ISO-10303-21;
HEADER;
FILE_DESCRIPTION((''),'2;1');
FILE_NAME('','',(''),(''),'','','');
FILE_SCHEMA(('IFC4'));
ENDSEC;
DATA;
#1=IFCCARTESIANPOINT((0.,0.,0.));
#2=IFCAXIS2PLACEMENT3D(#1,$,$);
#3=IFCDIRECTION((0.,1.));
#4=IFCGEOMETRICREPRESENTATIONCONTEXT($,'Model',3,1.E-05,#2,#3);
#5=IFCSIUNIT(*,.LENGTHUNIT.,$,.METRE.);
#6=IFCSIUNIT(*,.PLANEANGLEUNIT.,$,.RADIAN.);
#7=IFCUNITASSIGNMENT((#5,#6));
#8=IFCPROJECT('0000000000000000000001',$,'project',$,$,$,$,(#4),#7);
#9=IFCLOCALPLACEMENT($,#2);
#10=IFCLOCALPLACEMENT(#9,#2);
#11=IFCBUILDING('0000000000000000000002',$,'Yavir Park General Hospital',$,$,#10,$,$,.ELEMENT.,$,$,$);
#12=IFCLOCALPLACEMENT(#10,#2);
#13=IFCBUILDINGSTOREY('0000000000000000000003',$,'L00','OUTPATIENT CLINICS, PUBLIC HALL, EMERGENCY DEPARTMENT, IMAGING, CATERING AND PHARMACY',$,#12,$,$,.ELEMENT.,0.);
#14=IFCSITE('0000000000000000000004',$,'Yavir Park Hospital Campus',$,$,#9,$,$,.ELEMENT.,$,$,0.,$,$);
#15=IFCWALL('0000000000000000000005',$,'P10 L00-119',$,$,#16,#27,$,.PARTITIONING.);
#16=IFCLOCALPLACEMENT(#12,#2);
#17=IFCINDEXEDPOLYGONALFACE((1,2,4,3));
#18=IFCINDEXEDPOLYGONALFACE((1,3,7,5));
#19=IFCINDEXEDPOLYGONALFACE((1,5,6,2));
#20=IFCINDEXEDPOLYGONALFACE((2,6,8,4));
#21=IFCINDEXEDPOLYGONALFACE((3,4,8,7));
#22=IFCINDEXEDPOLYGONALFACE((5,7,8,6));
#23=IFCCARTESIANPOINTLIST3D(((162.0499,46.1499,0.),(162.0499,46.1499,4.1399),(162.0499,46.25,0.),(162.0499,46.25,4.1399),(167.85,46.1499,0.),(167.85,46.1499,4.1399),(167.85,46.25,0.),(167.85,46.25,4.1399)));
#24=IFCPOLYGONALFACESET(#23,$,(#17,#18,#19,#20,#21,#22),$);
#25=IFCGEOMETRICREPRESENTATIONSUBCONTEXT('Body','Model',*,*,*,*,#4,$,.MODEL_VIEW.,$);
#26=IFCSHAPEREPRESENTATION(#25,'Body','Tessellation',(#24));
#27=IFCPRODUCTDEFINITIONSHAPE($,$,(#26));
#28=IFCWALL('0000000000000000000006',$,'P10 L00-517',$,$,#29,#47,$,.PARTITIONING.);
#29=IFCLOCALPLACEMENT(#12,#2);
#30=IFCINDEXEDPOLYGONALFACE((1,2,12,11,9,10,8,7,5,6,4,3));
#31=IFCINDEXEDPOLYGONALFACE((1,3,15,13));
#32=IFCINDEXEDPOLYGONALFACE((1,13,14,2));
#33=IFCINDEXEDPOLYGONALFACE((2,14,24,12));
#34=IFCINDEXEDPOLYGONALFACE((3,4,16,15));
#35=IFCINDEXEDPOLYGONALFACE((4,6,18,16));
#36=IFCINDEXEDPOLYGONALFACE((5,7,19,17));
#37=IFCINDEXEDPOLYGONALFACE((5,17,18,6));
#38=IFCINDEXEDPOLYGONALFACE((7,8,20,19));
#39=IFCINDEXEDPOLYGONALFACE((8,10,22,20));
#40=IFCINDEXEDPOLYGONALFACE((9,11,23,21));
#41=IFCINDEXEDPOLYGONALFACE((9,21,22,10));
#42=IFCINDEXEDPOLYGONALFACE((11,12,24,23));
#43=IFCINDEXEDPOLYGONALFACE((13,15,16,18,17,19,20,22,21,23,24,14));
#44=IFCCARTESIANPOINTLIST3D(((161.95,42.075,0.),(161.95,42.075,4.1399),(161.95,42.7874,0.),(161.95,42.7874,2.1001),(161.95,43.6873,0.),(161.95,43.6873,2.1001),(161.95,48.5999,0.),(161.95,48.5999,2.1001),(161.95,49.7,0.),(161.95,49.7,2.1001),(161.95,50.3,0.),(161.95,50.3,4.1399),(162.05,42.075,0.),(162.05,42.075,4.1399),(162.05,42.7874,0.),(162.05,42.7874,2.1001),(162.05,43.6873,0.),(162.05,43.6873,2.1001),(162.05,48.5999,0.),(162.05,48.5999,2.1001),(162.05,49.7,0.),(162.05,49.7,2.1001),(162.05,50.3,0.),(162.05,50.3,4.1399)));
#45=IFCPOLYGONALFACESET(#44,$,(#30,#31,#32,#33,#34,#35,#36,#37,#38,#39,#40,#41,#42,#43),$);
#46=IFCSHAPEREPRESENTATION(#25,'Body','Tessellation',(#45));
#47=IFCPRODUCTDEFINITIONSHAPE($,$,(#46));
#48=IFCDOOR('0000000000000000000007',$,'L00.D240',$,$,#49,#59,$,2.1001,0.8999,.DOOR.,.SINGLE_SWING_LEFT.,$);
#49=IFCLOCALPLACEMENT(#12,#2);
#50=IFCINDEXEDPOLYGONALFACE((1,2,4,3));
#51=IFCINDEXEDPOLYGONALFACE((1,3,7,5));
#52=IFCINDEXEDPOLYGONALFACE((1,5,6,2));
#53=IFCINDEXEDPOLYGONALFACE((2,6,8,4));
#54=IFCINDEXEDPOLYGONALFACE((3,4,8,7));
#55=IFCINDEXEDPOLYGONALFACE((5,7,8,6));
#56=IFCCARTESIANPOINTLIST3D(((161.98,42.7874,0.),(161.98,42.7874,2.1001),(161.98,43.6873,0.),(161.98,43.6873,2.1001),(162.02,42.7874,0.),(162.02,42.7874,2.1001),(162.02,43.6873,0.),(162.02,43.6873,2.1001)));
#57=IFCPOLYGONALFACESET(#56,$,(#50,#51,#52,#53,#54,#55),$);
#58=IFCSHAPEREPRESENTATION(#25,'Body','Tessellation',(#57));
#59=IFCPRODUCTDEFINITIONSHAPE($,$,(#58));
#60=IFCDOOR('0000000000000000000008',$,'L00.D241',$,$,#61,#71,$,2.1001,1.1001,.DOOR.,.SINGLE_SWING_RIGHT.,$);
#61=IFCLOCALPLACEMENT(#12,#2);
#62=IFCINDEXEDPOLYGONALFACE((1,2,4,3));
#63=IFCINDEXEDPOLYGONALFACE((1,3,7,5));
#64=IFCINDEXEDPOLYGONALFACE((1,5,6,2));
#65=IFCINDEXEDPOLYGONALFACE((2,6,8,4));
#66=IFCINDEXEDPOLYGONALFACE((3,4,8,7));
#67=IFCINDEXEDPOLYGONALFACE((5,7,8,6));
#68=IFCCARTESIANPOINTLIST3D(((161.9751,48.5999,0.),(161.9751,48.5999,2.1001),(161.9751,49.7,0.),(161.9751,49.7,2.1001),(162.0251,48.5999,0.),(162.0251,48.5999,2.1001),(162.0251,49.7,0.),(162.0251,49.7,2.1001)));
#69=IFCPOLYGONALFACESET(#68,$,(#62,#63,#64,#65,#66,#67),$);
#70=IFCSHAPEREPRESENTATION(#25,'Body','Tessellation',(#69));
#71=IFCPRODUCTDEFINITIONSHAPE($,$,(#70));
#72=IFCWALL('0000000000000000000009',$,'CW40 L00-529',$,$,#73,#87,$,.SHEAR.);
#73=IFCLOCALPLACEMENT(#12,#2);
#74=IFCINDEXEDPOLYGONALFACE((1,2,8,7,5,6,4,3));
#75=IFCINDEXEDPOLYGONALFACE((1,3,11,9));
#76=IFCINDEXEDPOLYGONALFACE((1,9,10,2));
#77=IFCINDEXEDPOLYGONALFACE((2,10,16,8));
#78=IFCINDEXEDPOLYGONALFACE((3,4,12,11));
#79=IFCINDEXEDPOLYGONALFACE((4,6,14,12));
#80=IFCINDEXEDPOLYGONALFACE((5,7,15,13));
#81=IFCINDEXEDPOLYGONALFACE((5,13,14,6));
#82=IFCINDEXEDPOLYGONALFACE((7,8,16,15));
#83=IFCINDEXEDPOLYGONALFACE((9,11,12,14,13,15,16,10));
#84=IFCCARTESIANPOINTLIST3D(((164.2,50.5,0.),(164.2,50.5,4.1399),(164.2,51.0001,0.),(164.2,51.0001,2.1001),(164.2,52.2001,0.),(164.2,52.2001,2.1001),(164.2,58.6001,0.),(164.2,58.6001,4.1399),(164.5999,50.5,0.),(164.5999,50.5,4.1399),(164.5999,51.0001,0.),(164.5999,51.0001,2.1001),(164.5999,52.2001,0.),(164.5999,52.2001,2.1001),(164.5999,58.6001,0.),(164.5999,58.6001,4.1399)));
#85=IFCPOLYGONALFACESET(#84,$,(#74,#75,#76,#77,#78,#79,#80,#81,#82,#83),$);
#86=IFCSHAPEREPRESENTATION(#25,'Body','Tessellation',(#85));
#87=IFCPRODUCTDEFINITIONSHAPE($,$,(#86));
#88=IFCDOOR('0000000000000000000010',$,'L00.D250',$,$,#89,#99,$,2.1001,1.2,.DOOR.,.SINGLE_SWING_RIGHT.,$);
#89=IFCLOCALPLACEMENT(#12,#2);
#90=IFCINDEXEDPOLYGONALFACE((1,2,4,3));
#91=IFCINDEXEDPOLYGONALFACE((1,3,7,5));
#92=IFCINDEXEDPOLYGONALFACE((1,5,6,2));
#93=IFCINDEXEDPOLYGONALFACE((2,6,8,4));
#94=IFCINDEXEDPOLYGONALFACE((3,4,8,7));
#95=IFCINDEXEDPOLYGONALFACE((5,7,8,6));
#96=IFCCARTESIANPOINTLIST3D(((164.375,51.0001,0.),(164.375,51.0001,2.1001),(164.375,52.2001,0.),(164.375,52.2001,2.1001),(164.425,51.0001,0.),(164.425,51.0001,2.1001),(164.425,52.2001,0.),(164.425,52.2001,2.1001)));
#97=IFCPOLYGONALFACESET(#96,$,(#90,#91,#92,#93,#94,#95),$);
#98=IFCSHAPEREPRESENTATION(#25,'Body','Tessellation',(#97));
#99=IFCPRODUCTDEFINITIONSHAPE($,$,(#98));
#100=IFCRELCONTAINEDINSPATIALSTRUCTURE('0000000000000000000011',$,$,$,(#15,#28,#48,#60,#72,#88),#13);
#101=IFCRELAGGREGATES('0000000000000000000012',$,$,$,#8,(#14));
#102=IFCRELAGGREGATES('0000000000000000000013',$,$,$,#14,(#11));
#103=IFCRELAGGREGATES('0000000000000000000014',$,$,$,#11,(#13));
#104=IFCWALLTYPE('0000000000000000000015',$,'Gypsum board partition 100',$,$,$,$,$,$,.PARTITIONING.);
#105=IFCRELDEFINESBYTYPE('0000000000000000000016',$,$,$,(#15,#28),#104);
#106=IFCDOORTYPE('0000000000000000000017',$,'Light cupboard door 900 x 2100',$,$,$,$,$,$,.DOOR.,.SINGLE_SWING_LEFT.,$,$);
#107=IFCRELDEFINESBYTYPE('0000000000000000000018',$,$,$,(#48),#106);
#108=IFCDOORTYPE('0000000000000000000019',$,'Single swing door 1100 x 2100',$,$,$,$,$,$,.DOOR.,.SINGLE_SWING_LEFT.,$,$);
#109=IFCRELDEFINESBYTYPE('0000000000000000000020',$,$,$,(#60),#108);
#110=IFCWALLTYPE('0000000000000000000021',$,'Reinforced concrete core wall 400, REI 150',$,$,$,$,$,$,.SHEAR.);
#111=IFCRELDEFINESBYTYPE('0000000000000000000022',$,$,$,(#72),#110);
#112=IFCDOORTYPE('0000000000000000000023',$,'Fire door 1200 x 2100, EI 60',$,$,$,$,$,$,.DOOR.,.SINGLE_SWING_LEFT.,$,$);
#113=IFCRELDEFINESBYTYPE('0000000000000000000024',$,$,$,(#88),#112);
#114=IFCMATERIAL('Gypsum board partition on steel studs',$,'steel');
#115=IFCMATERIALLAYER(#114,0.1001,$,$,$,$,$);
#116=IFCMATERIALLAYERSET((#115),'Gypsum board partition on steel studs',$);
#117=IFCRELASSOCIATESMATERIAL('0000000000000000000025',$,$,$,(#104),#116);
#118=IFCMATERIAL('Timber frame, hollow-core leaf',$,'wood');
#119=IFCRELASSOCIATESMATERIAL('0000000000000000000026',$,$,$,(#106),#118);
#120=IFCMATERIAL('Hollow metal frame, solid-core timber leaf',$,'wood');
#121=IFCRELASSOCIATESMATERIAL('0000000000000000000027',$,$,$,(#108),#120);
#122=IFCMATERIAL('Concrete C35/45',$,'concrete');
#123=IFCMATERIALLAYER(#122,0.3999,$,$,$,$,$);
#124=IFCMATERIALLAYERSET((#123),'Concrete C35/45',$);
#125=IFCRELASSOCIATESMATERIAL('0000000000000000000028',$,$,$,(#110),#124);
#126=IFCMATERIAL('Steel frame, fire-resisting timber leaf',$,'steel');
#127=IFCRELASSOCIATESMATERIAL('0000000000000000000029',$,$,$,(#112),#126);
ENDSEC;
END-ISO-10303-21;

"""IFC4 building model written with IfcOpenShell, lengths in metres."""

from ifc_helpers import new_model, si_unit, direction, frame, frame_2d, origin, place, context, subcontext, project, spatial, rectangle, extrude, material, layer, layer_set, type_object, element, fill, save


model = new_model("IFC4")

# Units and contexts
model_context = context("Model", 3, precision=1e-05, world=origin(), true_north=direction((0.0, 1.0)))
body_context = subcontext(model_context, "Body", "Model", "MODEL_VIEW")
ifc_project = project(units=[si_unit("LENGTHUNIT", "METRE"), si_unit("PLANEANGLEUNIT", "RADIAN")], contexts=[model_context])

# Site, building, storey
site_placement = place(None, origin())
site = spatial("IfcSite", under=ifc_project, at=site_placement, Name="Yavir Park Hospital Campus", CompositionType="ELEMENT", RefElevation=0.0)
building_placement = place(site_placement, origin())
building = spatial("IfcBuilding", under=site, at=building_placement, Name="Yavir Park General Hospital", CompositionType="ELEMENT")
storey_placement = place(building_placement, origin())
storey = spatial("IfcBuildingStorey", under=building, at=storey_placement, Name="L00", Description="OUTPATIENT CLINICS, PUBLIC HALL, EMERGENCY DEPARTMENT, IMAGING, CATERING AND PHARMACY", CompositionType="ELEMENT", Elevation=0.0)

# Wall
ifc_material_1 = material(Name="Gypsum board partition on steel studs", Category="steel")
ifc_layer_1 = layer(ifc_material_1, 0.1001)
ifc_layer_set_1 = layer_set([ifc_layer_1], Name="Gypsum board partition on steel studs")
wall_type_1 = type_object("IfcWallType", Name="Gypsum board partition 100", PredefinedType="PARTITIONING", material=ifc_layer_set_1)
wall_1_placement = place(storey_placement, frame((162.05, 46.2, 0.0), z_axis=(0.0, 0.0, 1.0), x_axis=(1.0, 0.0, 0.0)))
element("IfcWall", 1, at=wall_1_placement, inside=storey, type_object=wall_type_1, Name="P10 L00-119", PredefinedType="PARTITIONING", context=body_context, shape_type="SweptSolid", body=[
    extrude(rectangle(XDim=5.8, YDim=0.1001, at=frame_2d((2.8999, 0.0))), origin(), (0.0, 0.0, 1.0), 4.1399),
])

# Wall, openings, doors
wall_2_placement = place(storey_placement, frame((162.0, 42.075, 0.0), z_axis=(0.0, 0.0, 1.0), x_axis=(0.0, 1.0, 0.0)))
wall_2 = element("IfcWall", 2, at=wall_2_placement, inside=storey, type_object=wall_type_1, Name="P10 L00-517", PredefinedType="PARTITIONING", context=body_context, shape_type="SweptSolid", body=[
    extrude(rectangle(XDim=8.2251, YDim=0.1001, at=frame_2d((4.1125, 0.0))), origin(), (0.0, 0.0, 1.0), 4.1399),
])
opening_1_placement = place(wall_2_placement, frame((0.7124, 0.0, 0.0)))
opening_1 = element("IfcOpeningElement", 3, at=opening_1_placement, cuts=wall_2, PredefinedType="OPENING", context=body_context, shape_type="SweptSolid", body=[
    extrude(rectangle(XDim=0.8999, YDim=2.1001, at=frame_2d((0.45, 1.05))), frame((0.0, 0.0601, 0.0), z_axis=(0.0, -1.0, 0.0), x_axis=(1.0, 0.0, 0.0)), (0.0, 0.0, 1.0), 0.1201),
])
opening_2_placement = place(wall_2_placement, frame((6.5249, 0.0, 0.0)))
opening_2 = element("IfcOpeningElement", 4, at=opening_2_placement, cuts=wall_2, PredefinedType="OPENING", context=body_context, shape_type="SweptSolid", body=[
    extrude(rectangle(XDim=1.1001, YDim=2.1001, at=frame_2d((0.55, 1.05))), frame((0.0, 0.0601, 0.0), z_axis=(0.0, -1.0, 0.0), x_axis=(1.0, 0.0, 0.0)), (0.0, 0.0, 1.0), 0.1201),
])
ifc_material_2 = material(Name="Timber frame, hollow-core leaf", Category="wood")
door_type_1 = type_object("IfcDoorType", Name="Light cupboard door 900 x 2100", OperationType="SINGLE_SWING_LEFT", PredefinedType="DOOR", material=ifc_material_2)
door_1_placement = place(opening_1_placement, origin())
door_1 = element("IfcDoor", 5, at=door_1_placement, inside=storey, type_object=door_type_1, Name="L00.D240", OperationType="SINGLE_SWING_LEFT", OverallHeight=2.1001, OverallWidth=0.8999, PredefinedType="DOOR", context=body_context, shape_type="SweptSolid", body=[
    extrude(rectangle(XDim=0.8999, YDim=2.1001, at=frame_2d((0.45, 1.05))), frame((0.0, 0.02, 0.0), z_axis=(0.0, -1.0, 0.0), x_axis=(1.0, 0.0, 0.0)), (0.0, 0.0, 1.0), 0.04),
])
fill(opening_1, door_1)
ifc_material_3 = material(Name="Hollow metal frame, solid-core timber leaf", Category="wood")
door_type_2 = type_object("IfcDoorType", Name="Single swing door 1100 x 2100", OperationType="SINGLE_SWING_LEFT", PredefinedType="DOOR", material=ifc_material_3)
door_2_placement = place(opening_2_placement, origin())
door_2 = element("IfcDoor", 6, at=door_2_placement, inside=storey, type_object=door_type_2, Name="L00.D241", OperationType="SINGLE_SWING_RIGHT", OverallHeight=2.1001, OverallWidth=1.1001, PredefinedType="DOOR", context=body_context, shape_type="SweptSolid", body=[
    extrude(rectangle(XDim=1.1001, YDim=2.1001, at=frame_2d((0.55, 1.05))), frame((0.0, 0.0249, 0.0), z_axis=(0.0, -1.0, 0.0), x_axis=(1.0, 0.0, 0.0)), (0.0, 0.0, 1.0), 0.05),
])
fill(opening_2, door_2)

# Wall, opening, door
ifc_material_4 = material(Name="Concrete C35/45", Category="concrete")
ifc_layer_2 = layer(ifc_material_4, 0.3999)
ifc_layer_set_2 = layer_set([ifc_layer_2], Name="Concrete C35/45")
wall_type_2 = type_object("IfcWallType", Name="Reinforced concrete core wall 400, REI 150", PredefinedType="SHEAR", material=ifc_layer_set_2)
wall_3_placement = place(storey_placement, frame((164.3999, 50.5, 0.0), z_axis=(0.0, 0.0, 1.0), x_axis=(0.0, 1.0, 0.0)))
wall_3 = element("IfcWall", 7, at=wall_3_placement, inside=storey, type_object=wall_type_2, Name="CW40 L00-529", PredefinedType="SHEAR", context=body_context, shape_type="SweptSolid", body=[
    extrude(rectangle(XDim=8.1001, YDim=0.3999, at=frame_2d((4.05, 0.0))), origin(), (0.0, 0.0, 1.0), 4.1399),
])
opening_3_placement = place(wall_3_placement, frame((0.5, 0.0, 0.0)))
opening_3 = element("IfcOpeningElement", 8, at=opening_3_placement, cuts=wall_3, PredefinedType="OPENING", context=body_context, shape_type="SweptSolid", body=[
    extrude(rectangle(XDim=1.2, YDim=2.1001, at=frame_2d((0.6001, 1.05))), frame((0.0, 0.21, 0.0), z_axis=(0.0, -1.0, 0.0), x_axis=(1.0, 0.0, 0.0)), (0.0, 0.0, 1.0), 0.4199),
])
ifc_material_5 = material(Name="Steel frame, fire-resisting timber leaf", Category="steel")
door_type_3 = type_object("IfcDoorType", Name="Fire door 1200 x 2100, EI 60", OperationType="SINGLE_SWING_LEFT", PredefinedType="DOOR", material=ifc_material_5)
door_3_placement = place(opening_3_placement, origin())
door_3 = element("IfcDoor", 9, at=door_3_placement, inside=storey, type_object=door_type_3, Name="L00.D250", OperationType="SINGLE_SWING_RIGHT", OverallHeight=2.1001, OverallWidth=1.2, PredefinedType="DOOR", context=body_context, shape_type="SweptSolid", body=[
    extrude(rectangle(XDim=1.2, YDim=2.1001, at=frame_2d((0.6001, 1.05))), frame((0.0, 0.0249, 0.0), z_axis=(0.0, -1.0, 0.0), x_axis=(1.0, 0.0, 0.0)), (0.0, 0.0, 1.0), 0.05),
])
fill(opening_3, door_3)

save(model, "model.ifc")
